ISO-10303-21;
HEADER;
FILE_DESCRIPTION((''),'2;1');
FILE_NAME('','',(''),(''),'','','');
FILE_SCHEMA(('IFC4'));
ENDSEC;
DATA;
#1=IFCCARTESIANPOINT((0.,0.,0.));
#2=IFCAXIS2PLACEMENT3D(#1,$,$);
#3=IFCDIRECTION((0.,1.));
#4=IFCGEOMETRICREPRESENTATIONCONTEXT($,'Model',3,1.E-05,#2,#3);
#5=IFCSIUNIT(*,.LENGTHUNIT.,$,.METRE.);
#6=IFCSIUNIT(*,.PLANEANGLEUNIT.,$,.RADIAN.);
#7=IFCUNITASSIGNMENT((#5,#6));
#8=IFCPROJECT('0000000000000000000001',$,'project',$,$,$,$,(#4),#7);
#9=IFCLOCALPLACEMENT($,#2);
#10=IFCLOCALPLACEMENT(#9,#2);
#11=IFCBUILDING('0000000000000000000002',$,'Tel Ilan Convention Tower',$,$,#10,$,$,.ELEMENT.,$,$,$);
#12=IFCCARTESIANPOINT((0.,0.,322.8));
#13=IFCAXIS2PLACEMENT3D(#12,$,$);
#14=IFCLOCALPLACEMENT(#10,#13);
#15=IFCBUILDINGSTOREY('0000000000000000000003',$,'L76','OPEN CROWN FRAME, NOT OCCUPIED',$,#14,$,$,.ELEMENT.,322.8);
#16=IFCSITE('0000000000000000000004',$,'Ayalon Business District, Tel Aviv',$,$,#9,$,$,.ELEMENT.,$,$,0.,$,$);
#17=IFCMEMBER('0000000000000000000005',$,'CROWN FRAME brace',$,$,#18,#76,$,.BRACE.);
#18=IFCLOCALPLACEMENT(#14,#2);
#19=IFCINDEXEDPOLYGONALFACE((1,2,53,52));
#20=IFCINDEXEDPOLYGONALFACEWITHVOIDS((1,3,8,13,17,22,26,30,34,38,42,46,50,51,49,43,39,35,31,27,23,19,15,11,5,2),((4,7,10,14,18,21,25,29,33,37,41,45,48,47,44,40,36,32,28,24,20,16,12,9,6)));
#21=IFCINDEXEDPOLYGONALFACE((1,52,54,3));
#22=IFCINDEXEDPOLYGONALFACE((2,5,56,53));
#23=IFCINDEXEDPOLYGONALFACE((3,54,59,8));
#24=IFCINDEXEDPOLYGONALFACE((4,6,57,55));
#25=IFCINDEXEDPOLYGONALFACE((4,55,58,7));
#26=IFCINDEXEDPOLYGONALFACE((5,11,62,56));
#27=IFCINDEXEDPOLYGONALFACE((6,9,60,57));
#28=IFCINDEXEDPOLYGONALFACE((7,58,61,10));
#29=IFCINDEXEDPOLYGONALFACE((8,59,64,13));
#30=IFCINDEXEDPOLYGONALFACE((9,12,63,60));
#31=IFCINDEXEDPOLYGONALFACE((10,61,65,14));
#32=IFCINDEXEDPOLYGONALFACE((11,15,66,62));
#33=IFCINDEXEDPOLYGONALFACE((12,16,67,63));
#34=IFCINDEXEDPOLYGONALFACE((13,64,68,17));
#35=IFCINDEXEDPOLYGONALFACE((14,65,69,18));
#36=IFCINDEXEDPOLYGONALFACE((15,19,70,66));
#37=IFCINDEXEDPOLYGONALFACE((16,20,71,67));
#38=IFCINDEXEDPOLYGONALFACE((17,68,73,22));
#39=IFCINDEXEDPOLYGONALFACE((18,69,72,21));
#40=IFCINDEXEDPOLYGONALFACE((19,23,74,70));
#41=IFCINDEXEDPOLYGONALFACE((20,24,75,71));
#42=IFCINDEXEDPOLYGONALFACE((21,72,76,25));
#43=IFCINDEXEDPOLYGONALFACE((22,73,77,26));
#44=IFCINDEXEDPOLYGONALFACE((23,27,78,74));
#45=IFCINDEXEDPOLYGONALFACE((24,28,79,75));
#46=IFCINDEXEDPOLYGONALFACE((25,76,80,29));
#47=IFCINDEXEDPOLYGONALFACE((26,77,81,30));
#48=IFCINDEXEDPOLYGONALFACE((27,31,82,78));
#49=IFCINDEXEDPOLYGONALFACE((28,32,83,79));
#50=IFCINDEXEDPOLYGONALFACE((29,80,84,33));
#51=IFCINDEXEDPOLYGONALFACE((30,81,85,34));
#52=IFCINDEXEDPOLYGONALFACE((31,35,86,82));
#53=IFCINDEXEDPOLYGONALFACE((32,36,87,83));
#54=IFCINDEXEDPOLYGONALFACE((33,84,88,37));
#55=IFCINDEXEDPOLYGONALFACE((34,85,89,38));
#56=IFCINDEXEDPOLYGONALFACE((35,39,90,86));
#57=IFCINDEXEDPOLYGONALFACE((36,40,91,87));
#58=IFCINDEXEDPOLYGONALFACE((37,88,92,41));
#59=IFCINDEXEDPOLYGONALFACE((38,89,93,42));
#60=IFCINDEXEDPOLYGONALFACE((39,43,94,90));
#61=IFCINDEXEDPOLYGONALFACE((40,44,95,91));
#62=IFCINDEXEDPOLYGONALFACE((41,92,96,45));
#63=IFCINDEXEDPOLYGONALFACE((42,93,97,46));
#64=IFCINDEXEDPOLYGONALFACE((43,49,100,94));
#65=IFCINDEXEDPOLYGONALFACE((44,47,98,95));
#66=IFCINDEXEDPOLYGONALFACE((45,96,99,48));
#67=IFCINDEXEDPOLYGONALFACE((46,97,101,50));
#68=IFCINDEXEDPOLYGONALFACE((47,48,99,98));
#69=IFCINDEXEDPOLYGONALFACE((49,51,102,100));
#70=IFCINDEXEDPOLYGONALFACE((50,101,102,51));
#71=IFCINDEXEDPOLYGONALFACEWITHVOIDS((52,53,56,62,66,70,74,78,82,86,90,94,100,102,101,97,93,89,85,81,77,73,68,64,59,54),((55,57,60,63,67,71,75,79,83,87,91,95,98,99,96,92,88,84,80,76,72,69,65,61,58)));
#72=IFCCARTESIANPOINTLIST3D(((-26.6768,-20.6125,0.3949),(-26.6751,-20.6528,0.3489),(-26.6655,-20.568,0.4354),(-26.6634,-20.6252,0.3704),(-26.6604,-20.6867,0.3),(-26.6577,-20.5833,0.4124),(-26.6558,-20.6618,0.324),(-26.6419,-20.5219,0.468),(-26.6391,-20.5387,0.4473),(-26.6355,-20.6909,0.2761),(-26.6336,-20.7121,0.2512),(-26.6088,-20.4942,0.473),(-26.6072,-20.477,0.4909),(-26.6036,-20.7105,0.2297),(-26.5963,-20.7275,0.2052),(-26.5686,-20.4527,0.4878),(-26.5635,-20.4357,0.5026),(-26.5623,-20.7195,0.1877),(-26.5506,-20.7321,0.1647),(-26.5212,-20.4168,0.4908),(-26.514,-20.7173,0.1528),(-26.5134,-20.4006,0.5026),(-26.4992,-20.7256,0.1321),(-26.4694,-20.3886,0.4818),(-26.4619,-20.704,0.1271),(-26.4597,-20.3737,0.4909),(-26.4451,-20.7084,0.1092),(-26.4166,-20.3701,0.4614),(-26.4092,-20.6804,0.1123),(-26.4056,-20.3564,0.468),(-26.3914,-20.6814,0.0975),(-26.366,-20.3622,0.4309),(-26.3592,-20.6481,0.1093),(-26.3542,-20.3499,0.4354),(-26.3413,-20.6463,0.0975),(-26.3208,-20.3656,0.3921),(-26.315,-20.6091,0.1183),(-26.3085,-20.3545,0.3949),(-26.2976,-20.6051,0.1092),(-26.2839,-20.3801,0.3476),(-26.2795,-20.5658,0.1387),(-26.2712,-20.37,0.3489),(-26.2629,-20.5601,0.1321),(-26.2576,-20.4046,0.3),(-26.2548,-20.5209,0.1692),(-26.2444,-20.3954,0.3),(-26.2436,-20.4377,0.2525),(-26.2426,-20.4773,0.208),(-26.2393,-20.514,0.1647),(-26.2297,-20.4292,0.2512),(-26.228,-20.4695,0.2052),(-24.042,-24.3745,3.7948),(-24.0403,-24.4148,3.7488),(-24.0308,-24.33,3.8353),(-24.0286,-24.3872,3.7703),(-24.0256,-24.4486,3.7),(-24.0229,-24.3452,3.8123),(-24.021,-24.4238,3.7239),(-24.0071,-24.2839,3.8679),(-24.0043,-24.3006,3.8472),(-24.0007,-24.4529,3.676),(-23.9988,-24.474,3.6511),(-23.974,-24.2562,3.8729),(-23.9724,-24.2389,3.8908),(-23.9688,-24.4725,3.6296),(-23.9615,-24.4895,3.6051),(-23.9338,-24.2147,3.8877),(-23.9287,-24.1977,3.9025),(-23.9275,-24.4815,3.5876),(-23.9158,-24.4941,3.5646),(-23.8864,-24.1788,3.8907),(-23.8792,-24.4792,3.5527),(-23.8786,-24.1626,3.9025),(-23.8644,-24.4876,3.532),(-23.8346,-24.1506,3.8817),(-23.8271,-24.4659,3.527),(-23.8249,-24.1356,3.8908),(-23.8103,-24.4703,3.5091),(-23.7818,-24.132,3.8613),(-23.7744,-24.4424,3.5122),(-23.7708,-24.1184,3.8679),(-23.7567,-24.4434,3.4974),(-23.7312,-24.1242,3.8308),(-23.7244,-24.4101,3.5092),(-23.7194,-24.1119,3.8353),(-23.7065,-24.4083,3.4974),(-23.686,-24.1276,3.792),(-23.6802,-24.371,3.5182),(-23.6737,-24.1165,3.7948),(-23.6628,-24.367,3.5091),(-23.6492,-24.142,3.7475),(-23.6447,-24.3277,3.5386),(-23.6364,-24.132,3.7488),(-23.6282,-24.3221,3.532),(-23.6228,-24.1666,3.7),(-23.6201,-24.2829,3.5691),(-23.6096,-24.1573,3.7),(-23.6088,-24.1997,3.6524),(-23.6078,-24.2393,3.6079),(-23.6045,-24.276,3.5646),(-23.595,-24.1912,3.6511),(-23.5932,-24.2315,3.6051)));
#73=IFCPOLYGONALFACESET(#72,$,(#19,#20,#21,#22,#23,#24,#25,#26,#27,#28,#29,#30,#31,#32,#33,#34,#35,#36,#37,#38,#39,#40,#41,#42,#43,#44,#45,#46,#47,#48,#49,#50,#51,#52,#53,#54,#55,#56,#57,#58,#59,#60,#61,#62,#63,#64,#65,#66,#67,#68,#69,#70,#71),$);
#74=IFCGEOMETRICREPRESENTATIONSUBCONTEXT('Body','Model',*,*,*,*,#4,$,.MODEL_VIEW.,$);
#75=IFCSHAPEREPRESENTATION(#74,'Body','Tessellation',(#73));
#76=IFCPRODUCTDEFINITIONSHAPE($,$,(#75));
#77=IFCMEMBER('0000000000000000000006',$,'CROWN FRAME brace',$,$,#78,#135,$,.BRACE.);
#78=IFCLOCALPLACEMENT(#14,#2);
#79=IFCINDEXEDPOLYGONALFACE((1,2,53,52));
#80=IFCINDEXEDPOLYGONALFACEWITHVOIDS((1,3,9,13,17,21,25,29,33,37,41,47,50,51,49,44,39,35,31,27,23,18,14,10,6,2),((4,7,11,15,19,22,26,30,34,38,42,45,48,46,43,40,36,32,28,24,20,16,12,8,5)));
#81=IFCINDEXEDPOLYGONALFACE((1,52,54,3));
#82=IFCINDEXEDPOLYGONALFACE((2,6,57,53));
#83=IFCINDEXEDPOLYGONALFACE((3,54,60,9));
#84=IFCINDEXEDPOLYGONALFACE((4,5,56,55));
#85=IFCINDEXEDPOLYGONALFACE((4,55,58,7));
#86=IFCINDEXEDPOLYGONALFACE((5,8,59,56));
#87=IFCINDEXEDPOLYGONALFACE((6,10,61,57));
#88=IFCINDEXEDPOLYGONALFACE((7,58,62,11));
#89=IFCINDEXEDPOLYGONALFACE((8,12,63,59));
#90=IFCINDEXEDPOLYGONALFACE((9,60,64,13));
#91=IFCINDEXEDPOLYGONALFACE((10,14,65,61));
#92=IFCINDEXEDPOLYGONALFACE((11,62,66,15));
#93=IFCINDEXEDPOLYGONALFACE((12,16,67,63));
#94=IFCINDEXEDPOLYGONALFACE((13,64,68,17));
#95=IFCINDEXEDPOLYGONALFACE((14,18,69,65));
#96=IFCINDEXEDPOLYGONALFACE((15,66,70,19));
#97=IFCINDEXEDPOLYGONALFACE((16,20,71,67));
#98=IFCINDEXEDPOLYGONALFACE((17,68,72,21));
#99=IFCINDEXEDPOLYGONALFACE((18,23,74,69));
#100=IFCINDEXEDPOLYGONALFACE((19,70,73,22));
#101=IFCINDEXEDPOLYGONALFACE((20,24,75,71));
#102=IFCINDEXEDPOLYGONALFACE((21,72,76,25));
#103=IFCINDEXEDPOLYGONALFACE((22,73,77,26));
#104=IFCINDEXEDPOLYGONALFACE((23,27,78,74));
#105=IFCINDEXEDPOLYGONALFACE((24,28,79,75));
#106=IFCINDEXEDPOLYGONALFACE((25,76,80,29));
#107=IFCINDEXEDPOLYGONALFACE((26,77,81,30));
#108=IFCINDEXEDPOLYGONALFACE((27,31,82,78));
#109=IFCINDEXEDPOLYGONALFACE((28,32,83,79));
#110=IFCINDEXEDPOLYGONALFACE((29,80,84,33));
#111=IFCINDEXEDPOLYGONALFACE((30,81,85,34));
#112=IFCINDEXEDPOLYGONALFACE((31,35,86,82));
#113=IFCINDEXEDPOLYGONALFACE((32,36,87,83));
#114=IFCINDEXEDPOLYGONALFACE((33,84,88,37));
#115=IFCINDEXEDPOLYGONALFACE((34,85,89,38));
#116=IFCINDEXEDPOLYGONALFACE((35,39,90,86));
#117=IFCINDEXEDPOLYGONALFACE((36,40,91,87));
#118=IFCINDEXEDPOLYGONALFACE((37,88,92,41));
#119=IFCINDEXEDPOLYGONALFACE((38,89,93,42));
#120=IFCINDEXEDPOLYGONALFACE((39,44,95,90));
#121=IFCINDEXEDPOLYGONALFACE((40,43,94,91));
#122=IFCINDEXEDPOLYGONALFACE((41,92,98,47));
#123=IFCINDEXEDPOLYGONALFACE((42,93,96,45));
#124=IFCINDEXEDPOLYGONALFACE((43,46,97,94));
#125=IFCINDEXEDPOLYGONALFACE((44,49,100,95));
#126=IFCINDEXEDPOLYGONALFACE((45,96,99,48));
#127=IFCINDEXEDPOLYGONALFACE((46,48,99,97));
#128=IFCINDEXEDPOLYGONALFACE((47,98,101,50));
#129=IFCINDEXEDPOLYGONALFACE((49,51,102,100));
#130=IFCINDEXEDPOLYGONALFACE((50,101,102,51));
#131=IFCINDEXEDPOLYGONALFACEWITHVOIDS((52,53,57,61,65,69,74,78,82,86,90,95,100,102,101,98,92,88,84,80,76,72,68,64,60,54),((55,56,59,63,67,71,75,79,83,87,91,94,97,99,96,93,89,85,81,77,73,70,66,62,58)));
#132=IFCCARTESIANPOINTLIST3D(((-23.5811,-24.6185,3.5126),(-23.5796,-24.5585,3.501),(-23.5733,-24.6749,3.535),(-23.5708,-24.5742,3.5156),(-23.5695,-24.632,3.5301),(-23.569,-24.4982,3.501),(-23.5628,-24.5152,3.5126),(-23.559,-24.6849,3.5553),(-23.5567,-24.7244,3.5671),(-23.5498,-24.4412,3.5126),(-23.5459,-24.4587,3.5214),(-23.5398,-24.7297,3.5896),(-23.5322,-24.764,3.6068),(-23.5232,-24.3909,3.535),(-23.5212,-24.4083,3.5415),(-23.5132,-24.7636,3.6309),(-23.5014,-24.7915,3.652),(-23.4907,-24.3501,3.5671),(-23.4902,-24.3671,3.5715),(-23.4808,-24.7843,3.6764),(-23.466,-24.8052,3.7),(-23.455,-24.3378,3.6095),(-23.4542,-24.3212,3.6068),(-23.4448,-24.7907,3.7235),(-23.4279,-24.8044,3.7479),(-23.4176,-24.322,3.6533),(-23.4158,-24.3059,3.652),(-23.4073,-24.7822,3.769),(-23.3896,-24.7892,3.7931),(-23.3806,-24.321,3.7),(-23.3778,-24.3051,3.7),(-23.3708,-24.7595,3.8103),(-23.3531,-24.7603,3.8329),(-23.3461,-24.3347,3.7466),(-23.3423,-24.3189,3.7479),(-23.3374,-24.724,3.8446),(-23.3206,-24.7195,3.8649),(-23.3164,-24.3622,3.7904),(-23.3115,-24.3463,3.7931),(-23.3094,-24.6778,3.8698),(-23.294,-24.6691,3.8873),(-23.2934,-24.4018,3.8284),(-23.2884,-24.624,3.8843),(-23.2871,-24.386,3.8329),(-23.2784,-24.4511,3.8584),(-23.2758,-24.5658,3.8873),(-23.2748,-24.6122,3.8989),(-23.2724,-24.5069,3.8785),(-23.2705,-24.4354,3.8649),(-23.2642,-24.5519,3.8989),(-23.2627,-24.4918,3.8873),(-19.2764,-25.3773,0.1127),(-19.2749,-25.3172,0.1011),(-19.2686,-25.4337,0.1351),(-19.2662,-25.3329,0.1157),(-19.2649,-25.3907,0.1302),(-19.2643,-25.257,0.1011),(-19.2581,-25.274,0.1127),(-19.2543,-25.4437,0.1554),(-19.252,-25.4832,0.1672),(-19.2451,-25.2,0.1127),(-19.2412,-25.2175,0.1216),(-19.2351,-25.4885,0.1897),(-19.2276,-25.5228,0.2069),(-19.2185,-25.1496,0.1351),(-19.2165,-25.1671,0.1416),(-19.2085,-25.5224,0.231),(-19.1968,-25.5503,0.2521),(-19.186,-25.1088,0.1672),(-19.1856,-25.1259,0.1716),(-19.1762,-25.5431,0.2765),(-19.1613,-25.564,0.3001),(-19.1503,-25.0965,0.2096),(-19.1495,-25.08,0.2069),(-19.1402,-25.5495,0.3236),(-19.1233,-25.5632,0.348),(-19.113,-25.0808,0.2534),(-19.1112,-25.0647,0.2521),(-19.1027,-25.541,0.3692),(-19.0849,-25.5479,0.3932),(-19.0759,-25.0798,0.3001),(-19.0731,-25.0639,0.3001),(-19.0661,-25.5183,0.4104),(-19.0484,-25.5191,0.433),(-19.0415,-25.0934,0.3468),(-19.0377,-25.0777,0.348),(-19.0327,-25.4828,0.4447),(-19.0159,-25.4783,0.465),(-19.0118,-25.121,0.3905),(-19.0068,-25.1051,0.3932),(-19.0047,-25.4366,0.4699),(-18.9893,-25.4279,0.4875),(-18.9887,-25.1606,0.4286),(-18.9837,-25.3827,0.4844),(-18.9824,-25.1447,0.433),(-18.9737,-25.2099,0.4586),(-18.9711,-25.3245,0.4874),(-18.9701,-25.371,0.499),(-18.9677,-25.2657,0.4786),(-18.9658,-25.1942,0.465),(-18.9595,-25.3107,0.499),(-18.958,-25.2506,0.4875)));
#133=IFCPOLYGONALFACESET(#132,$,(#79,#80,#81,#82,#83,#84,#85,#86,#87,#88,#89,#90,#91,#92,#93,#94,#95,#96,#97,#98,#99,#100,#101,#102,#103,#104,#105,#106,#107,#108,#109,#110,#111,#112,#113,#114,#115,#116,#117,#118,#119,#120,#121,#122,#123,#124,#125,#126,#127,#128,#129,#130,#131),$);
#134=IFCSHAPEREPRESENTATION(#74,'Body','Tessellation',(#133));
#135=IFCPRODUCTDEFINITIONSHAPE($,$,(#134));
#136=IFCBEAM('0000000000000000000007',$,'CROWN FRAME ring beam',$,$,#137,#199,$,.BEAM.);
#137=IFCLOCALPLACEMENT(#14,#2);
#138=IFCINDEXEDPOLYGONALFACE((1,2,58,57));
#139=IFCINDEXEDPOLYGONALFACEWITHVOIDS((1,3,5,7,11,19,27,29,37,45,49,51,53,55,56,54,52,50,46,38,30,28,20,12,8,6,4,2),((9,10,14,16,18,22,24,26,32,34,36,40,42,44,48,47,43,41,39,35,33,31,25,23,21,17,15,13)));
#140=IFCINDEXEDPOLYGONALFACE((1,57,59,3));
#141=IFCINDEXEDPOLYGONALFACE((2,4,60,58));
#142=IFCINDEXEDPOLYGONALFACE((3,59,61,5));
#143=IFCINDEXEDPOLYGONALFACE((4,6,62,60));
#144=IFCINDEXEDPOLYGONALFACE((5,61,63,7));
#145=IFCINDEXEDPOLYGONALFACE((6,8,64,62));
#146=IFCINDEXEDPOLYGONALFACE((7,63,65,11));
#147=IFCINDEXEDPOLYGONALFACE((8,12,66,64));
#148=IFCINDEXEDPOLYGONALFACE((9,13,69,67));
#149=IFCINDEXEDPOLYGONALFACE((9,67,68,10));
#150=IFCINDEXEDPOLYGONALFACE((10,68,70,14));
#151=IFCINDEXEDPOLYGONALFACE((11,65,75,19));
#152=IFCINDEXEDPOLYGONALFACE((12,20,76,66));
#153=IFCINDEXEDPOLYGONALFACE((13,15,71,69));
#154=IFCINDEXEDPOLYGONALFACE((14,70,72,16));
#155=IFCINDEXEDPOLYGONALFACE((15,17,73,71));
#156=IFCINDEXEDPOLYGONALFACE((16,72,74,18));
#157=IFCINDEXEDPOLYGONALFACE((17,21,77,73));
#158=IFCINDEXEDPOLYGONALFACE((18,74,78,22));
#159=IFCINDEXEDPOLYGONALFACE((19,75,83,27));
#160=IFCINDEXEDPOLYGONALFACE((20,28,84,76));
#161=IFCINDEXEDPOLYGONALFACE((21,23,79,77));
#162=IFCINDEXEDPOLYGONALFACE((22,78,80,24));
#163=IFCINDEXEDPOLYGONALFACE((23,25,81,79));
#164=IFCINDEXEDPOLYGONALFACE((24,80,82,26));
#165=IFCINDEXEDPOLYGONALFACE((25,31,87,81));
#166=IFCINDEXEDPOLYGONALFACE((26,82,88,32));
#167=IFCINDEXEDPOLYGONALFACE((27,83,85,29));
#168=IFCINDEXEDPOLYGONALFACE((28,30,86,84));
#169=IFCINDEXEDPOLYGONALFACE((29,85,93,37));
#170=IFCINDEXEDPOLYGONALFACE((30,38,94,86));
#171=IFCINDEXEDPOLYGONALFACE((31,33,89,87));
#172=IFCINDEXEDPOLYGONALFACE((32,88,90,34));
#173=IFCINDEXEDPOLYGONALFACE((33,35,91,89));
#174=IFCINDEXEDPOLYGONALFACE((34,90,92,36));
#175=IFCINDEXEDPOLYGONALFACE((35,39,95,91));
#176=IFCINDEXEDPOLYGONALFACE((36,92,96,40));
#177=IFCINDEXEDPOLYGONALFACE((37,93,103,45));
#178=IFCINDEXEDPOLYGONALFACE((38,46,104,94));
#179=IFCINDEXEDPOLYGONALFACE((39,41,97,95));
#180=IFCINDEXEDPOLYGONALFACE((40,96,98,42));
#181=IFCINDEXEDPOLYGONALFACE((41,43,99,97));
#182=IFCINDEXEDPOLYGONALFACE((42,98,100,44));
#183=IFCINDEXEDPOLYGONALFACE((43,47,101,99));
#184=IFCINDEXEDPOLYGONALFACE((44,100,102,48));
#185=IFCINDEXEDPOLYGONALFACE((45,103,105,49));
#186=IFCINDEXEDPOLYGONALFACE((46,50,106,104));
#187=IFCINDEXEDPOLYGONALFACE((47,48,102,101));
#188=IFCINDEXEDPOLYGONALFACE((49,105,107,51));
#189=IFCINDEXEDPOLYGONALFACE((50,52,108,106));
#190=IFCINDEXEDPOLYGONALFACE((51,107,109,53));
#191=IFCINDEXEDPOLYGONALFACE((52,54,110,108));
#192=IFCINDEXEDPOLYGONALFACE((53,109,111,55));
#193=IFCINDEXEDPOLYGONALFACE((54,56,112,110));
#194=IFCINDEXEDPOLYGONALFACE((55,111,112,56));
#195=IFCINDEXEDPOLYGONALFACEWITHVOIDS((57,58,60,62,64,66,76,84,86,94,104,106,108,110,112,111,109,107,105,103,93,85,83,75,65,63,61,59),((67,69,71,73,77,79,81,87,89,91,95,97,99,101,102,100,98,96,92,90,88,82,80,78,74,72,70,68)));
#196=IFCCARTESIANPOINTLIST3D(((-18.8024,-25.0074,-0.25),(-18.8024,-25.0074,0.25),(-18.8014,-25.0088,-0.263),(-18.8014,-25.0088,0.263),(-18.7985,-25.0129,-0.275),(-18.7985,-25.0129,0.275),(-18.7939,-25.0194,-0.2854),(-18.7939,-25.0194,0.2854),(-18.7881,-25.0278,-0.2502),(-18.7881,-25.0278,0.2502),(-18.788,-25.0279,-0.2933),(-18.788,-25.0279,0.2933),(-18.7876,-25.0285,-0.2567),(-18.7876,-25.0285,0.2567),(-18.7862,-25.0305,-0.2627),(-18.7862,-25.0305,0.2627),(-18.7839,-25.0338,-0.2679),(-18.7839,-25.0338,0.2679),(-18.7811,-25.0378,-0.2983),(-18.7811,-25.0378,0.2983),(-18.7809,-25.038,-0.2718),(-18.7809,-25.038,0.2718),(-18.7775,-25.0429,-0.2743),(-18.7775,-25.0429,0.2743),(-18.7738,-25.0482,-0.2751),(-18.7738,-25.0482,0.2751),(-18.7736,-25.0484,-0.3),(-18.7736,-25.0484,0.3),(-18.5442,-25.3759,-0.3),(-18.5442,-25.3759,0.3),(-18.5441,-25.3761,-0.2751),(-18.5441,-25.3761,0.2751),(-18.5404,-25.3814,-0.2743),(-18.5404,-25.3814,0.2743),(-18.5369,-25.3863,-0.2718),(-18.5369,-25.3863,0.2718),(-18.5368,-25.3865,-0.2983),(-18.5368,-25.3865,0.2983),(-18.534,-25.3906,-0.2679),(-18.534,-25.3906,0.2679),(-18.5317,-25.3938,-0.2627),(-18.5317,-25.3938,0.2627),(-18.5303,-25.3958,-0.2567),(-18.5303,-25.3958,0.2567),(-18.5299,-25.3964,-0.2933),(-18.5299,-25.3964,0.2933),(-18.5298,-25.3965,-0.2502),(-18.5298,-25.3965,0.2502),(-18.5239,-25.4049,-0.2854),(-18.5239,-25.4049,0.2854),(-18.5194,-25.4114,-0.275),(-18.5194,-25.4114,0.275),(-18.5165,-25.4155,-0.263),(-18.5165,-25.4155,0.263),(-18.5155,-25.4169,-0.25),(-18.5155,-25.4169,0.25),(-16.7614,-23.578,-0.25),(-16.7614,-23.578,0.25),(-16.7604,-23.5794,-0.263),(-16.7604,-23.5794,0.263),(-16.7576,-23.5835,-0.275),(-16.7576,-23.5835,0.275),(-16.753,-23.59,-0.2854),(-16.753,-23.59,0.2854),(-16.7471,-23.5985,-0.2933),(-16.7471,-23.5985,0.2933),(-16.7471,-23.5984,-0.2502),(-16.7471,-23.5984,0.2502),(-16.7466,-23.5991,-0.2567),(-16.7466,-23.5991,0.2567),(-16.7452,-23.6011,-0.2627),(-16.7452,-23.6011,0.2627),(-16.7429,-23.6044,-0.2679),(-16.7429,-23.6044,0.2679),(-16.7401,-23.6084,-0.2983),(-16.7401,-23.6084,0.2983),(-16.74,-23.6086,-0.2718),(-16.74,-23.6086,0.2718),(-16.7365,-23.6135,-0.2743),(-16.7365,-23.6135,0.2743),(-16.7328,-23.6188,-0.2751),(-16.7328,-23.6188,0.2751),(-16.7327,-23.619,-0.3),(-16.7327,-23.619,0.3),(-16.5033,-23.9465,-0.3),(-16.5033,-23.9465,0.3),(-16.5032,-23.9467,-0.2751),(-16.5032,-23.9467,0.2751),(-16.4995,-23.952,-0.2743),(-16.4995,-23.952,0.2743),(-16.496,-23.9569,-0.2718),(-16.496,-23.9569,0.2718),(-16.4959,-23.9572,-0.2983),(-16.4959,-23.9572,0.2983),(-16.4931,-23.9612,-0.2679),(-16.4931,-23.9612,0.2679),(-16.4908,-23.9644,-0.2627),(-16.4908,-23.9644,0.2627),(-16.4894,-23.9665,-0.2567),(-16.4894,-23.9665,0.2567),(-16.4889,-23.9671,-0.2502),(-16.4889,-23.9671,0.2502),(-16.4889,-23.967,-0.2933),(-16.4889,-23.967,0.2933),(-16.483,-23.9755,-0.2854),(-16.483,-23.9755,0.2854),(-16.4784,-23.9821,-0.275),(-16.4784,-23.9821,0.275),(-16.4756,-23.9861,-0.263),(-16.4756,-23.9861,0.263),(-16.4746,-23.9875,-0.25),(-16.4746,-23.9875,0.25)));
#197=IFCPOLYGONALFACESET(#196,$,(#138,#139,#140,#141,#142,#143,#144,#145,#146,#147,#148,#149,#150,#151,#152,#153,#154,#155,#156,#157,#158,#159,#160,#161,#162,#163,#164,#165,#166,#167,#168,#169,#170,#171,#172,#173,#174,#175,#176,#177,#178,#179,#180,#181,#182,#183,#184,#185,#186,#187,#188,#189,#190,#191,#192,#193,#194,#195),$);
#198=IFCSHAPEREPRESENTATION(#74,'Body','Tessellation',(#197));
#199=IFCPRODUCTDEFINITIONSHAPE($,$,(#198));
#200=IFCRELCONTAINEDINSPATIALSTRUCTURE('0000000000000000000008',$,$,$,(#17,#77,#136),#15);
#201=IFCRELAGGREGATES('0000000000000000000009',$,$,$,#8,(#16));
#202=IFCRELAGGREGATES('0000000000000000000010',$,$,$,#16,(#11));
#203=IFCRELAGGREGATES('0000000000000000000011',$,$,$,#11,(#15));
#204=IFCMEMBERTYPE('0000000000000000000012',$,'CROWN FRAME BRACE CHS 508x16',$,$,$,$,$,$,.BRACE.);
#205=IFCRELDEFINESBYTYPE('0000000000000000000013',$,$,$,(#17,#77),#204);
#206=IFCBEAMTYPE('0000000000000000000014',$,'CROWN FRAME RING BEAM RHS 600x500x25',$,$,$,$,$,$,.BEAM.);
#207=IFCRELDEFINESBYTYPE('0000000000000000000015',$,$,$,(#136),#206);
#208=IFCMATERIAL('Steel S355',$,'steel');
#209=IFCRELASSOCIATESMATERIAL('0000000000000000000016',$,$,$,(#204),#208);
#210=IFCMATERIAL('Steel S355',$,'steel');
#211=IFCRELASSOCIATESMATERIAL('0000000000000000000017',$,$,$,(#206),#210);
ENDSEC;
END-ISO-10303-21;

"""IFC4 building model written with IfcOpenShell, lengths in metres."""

from ifc_helpers import new_model, si_unit, direction, frame, origin, origin_2d, place, context, subcontext, project, spatial, hollow_rectangle, hollow_circle, extrude, material, material_profile, profile_set, type_object, element, save


model = new_model("IFC4")

# Units and contexts
model_context = context("Model", 3, precision=1e-05, world=origin(), true_north=direction((0.0, 1.0)))
body_context = subcontext(model_context, "Body", "Model", "MODEL_VIEW")
ifc_project = project(units=[si_unit("LENGTHUNIT", "METRE"), si_unit("PLANEANGLEUNIT", "RADIAN")], contexts=[model_context])

# Site, building, storey
site_placement = place(None, origin())
site = spatial("IfcSite", under=ifc_project, at=site_placement, Name="Ayalon Business District, Tel Aviv", CompositionType="ELEMENT", RefElevation=0.0)
building_placement = place(site_placement, origin())
building = spatial("IfcBuilding", under=site, at=building_placement, Name="Tel Ilan Convention Tower", CompositionType="ELEMENT")
storey_placement = place(building_placement, frame((0.0, 0.0, 322.8)))
storey = spatial("IfcBuildingStorey", under=building, at=storey_placement, Name="L76", Description="OPEN CROWN FRAME, NOT OCCUPIED", CompositionType="ELEMENT", Elevation=322.8)

# Members
ifc_material_1 = material(Name="Steel S355", Category="steel")
ifc_material_profile_1 = material_profile(ifc_material_1, hollow_circle(Radius=0.2539, WallThickness=0.0161, at=origin_2d()), Name="CHS 508x16")
ifc_profile_set_1 = profile_set([ifc_material_profile_1], Name="Steel S355")
member_type = type_object("IfcMemberType", Name="CROWN FRAME BRACE CHS 508x16", PredefinedType="BRACE", material=ifc_profile_set_1)
member_1_placement = place(storey_placement, frame((-26.4524, -20.541, 0.3), z_axis=(0.46108, -0.658337, 0.594977), x_axis=(0.81909, 0.573666, 0.0)))
element("IfcMember", 1, at=member_1_placement, inside=storey, type_object=member_type, Name="CROWN FRAME brace", PredefinedType="BRACE", context=body_context, shape_type="SweptSolid", body=[
    extrude(hollow_circle(Radius=0.2539, WallThickness=0.0161, at=origin_2d()), origin(), (0.0, 0.0, 1.0), 5.7144),
])
member_2_placement = place(storey_placement, frame((-23.4219, -24.5552, 3.7), z_axis=(0.777351, -0.137024, -0.613963), x_axis=(0.173594, 0.984817, 0.0)))
element("IfcMember", 2, at=member_2_placement, inside=storey, type_object=member_type, Name="CROWN FRAME brace", PredefinedType="BRACE", context=body_context, shape_type="SweptSolid", body=[
    extrude(hollow_circle(Radius=0.2539, WallThickness=0.0161, at=origin_2d()), origin(), (0.0, 0.0, 1.0), 5.5376),
])

# Beam
ifc_material_2 = material(Name="Steel S355", Category="steel")
ifc_material_profile_2 = material_profile(ifc_material_2, hollow_rectangle(XDim=0.5, YDim=0.6001, WallThickness=0.0249, InnerFilletRadius=0.0249, OuterFilletRadius=0.05, at=origin_2d()), Name="RHS 600x500x25")
ifc_profile_set_2 = profile_set([ifc_material_profile_2], Name="Steel S355")
beam_type = type_object("IfcBeamType", Name="CROWN FRAME RING BEAM RHS 600x500x25", PredefinedType="BEAM", material=ifc_profile_set_2)
beam_1_placement = place(storey_placement, frame((-18.6589, -25.2122, 0.0), z_axis=(0.819094, 0.57366, 0.0), x_axis=(-0.57366, 0.819094, 0.0)))
element("IfcBeam", 3, at=beam_1_placement, inside=storey, type_object=beam_type, Name="CROWN FRAME ring beam", PredefinedType="BEAM", context=body_context, shape_type="SweptSolid", body=[
    extrude(hollow_rectangle(XDim=0.5, YDim=0.6001, WallThickness=0.0249, InnerFilletRadius=0.0249, OuterFilletRadius=0.05, at=origin_2d()), origin(), (0.0, 0.0, 1.0), 2.4917),
])

save(model, "model.ifc")
